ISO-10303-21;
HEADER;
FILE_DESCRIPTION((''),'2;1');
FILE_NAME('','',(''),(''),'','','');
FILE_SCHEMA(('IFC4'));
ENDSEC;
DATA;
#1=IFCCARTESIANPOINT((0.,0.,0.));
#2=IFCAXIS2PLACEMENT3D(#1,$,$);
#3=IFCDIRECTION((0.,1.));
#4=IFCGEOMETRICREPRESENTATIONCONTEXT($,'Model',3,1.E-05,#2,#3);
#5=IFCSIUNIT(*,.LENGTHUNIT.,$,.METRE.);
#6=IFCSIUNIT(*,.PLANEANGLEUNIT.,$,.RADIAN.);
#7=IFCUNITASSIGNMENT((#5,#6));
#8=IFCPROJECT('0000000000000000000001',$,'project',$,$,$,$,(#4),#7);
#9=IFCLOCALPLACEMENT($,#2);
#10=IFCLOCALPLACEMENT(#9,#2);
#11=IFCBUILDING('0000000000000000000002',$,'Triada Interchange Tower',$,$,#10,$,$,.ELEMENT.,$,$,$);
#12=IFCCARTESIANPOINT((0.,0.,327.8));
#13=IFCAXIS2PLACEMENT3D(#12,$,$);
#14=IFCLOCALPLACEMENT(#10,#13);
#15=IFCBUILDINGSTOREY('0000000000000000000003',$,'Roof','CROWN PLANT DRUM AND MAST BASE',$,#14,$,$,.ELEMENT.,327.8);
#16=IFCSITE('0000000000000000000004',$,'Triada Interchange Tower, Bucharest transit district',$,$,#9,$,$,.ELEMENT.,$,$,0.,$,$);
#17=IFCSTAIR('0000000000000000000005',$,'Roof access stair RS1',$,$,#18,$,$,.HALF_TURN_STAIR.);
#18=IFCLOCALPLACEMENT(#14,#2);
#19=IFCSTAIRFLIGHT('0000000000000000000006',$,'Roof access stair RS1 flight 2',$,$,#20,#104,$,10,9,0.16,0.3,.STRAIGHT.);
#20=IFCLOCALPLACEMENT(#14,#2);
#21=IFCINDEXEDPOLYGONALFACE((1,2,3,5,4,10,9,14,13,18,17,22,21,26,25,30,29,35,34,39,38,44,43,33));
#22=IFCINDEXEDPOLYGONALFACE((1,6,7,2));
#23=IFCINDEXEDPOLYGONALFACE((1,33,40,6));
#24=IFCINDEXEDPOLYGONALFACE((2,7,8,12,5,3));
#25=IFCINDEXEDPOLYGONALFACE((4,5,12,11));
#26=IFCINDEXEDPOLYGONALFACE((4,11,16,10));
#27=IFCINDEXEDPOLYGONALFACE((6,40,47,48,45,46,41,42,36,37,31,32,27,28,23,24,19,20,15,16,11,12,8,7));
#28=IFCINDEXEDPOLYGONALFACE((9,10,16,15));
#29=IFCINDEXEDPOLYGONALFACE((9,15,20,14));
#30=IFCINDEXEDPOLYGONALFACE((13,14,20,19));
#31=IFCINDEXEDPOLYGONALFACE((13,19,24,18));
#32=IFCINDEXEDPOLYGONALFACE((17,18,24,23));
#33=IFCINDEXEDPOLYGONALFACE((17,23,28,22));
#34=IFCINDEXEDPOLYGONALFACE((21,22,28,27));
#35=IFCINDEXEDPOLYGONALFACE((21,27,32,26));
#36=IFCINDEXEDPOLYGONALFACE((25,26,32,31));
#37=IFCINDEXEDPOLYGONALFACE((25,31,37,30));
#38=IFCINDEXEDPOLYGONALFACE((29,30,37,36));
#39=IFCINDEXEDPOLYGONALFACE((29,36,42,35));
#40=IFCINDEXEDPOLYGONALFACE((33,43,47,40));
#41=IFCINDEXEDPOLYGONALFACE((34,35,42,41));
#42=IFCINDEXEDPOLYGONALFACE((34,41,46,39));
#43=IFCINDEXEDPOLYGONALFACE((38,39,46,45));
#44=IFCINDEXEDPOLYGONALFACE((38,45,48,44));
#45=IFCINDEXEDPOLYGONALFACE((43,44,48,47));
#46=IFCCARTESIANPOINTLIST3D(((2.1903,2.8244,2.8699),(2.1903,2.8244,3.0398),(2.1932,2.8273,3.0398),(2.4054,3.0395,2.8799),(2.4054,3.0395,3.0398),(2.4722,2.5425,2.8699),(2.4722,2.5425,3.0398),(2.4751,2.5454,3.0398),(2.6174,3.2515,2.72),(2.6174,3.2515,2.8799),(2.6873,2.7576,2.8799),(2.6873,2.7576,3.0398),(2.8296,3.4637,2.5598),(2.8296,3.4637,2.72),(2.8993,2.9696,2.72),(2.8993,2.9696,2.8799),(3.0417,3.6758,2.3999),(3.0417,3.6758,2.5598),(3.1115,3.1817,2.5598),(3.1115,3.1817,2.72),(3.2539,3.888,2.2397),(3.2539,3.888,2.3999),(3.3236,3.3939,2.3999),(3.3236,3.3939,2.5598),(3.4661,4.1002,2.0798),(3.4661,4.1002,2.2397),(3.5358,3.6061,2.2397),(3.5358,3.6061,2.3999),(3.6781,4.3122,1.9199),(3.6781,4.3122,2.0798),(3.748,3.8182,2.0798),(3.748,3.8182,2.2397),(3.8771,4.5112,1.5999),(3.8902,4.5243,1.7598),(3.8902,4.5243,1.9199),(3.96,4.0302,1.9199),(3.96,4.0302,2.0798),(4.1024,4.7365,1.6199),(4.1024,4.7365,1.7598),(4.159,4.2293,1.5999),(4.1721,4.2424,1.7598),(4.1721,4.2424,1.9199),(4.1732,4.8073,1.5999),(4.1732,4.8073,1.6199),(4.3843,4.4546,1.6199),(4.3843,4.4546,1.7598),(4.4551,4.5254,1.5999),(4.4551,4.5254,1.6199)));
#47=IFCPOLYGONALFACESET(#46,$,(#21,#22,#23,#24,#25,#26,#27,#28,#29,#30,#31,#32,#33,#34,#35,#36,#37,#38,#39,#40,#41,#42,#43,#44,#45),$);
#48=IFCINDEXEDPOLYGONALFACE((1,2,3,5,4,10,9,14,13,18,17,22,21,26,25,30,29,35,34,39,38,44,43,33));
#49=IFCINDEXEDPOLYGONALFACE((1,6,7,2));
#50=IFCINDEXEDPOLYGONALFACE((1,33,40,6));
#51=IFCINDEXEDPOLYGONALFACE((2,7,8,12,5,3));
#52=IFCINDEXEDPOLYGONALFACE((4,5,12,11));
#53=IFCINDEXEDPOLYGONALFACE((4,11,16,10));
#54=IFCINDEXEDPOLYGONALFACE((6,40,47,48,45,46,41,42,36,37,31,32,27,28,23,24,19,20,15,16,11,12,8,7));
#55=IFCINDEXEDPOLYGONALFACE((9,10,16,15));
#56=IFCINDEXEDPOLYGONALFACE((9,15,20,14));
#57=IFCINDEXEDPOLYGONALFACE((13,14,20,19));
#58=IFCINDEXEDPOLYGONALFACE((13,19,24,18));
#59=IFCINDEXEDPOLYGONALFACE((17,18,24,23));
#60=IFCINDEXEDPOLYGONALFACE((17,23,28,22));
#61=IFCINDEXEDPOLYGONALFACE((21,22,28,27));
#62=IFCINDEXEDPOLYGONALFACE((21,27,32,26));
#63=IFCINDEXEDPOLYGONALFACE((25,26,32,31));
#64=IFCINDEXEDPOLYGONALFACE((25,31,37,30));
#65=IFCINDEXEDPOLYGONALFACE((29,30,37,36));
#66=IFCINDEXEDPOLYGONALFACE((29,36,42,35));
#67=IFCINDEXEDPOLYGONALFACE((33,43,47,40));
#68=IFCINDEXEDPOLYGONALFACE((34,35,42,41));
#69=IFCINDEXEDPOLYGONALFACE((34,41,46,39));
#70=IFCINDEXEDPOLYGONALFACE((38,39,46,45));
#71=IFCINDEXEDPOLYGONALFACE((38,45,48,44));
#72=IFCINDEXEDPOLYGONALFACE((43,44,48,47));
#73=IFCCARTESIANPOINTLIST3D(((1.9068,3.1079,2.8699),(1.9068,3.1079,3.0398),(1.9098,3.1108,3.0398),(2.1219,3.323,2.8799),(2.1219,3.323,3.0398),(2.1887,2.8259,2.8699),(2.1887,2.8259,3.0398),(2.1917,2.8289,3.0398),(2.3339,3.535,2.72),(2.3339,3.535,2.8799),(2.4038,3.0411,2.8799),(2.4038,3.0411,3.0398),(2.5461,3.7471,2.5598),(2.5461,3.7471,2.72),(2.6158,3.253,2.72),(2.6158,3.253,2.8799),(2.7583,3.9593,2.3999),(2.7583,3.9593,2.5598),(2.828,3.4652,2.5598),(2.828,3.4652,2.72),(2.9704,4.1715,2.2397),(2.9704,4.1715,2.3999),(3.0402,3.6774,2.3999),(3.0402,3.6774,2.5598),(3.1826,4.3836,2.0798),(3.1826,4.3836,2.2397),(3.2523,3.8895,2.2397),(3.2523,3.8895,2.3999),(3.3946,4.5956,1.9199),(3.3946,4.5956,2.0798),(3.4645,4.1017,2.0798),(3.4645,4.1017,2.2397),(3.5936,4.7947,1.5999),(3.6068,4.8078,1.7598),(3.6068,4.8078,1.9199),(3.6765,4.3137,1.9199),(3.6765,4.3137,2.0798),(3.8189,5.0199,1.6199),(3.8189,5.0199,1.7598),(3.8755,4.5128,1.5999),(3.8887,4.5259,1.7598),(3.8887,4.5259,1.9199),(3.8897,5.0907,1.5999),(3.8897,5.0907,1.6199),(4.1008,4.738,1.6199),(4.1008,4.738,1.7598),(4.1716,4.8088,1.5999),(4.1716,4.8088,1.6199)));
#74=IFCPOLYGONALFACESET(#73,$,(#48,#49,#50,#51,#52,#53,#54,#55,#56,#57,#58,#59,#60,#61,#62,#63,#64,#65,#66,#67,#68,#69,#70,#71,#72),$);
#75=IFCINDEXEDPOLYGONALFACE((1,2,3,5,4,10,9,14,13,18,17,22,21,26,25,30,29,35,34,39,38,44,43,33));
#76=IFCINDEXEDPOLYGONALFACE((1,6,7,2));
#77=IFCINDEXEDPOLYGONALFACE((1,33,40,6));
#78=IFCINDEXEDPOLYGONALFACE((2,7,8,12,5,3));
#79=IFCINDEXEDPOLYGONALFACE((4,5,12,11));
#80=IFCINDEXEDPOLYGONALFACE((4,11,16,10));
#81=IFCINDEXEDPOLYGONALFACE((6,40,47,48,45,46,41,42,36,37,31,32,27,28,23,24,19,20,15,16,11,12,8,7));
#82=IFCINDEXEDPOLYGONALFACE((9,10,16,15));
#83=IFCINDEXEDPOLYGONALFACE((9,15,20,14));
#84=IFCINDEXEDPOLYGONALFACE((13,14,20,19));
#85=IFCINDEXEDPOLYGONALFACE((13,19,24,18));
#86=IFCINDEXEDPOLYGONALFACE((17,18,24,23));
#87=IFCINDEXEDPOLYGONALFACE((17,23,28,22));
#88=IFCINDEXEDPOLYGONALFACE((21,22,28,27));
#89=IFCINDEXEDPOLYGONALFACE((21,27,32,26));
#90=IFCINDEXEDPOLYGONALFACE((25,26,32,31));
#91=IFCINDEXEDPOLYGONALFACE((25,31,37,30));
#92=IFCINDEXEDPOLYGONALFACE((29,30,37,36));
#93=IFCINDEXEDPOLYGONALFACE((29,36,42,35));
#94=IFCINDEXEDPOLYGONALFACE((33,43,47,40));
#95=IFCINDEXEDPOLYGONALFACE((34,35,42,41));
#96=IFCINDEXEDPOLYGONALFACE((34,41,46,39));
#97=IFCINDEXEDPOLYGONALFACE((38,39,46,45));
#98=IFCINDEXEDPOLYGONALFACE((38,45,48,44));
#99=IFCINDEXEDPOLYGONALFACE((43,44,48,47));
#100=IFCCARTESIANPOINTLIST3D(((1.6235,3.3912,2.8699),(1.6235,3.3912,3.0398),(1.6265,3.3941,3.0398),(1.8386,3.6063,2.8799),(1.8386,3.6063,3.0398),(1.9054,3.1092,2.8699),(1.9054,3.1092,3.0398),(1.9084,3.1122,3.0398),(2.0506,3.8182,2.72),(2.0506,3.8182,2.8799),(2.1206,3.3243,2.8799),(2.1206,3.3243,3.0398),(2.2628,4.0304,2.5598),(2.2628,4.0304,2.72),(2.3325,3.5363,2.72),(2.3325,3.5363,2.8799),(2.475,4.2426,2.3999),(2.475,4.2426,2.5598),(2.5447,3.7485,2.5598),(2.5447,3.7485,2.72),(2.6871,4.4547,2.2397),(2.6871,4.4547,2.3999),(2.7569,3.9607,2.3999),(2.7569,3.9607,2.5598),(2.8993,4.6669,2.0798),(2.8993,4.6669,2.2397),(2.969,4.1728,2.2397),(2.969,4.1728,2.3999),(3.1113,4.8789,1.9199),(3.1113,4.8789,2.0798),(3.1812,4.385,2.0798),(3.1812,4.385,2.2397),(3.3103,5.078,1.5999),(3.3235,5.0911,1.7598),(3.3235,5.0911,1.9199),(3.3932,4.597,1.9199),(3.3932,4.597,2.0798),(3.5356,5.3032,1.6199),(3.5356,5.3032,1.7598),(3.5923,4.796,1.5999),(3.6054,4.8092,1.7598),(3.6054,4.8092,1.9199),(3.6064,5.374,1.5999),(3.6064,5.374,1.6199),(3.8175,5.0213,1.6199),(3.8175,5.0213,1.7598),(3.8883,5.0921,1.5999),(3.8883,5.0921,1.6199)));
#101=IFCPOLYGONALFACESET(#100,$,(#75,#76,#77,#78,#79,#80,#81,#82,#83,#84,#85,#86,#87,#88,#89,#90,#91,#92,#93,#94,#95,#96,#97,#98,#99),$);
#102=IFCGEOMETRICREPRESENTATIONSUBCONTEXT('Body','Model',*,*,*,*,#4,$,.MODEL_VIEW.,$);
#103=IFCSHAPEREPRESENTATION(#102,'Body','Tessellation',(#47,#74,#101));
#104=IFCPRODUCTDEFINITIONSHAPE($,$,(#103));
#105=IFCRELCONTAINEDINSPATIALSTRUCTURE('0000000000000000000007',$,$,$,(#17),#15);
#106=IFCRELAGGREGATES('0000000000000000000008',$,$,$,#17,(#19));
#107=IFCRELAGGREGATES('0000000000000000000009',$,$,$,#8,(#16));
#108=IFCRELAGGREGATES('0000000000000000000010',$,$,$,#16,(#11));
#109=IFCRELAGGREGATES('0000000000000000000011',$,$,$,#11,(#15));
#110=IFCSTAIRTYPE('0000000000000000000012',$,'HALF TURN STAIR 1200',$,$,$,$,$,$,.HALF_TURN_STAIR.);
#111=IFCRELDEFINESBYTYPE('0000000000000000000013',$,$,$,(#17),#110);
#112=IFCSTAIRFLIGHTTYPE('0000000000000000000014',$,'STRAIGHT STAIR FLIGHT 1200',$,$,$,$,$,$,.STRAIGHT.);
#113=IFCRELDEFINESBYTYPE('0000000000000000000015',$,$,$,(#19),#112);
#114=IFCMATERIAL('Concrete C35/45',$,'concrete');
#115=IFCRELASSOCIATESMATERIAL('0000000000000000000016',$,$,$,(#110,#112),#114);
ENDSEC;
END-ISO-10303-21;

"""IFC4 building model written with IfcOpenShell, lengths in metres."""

from ifc_helpers import new_model, si_unit, direction, frame, origin, place, context, subcontext, project, spatial, polyline, outline, extrude, material, type_object, element, aggregate, save


model = new_model("IFC4")

# Units and contexts
model_context = context("Model", 3, precision=1e-05, world=origin(), true_north=direction((0.0, 1.0)))
body_context = subcontext(model_context, "Body", "Model", "MODEL_VIEW")
ifc_project = project(units=[si_unit("LENGTHUNIT", "METRE"), si_unit("PLANEANGLEUNIT", "RADIAN")], contexts=[model_context])

# Site, building, storey
site_placement = place(None, origin())
site = spatial("IfcSite", under=ifc_project, at=site_placement, Name="Triada Interchange Tower, Bucharest transit district", CompositionType="ELEMENT", RefElevation=0.0)
building_placement = place(site_placement, origin())
building = spatial("IfcBuilding", under=site, at=building_placement, Name="Triada Interchange Tower", CompositionType="ELEMENT")
storey_placement = place(building_placement, frame((0.0, 0.0, 327.8)))
storey = spatial("IfcBuildingStorey", under=building, at=storey_placement, Name="Roof", Description="CROWN PLANT DRUM AND MAST BASE", CompositionType="ELEMENT", Elevation=327.8)

# Stair, stair flight
ifc_material_1 = material(Name="Concrete C35/45", Category="concrete")
stair_type = type_object("IfcStairType", Name="HALF TURN STAIR 1200", PredefinedType="HALF_TURN_STAIR", material=ifc_material_1)
stair_placement = place(storey_placement, origin())
stair = element("IfcStair", 1, at=stair_placement, inside=storey, type_object=stair_type, Name="Roof access stair RS1", PredefinedType="HALF_TURN_STAIR")
stair_flight_type = type_object("IfcStairFlightType", Name="STRAIGHT STAIR FLIGHT 1200", PredefinedType="STRAIGHT", material=ifc_material_1)
stair_flight_1_placement = place(storey_placement, frame((3.96, 4.8789, 1.5999), z_axis=(0.0, 0.0, 1.0), x_axis=(-0.707107, -0.707107, 0.0)))
stair_flight_1 = element("IfcStairFlight", 2, at=stair_flight_1_placement, type_object=stair_flight_type, Name="Roof access stair RS1 flight 2", NumberOfRisers=10, NumberOfTreads=9, PredefinedType="STRAIGHT", RiserHeight=0.16, TreadLength=0.3, context=body_context, shape_type="SweptSolid", body=[
    extrude(outline(polyline([(-0.1001, 0.0), (-0.1001, 0.02), (0.0, 0.02), (0.0, 0.1599), (0.3, 0.1599), (0.3, 0.3201), (0.6001, 0.3201), (0.6001, 0.48), (0.8999, 0.48), (0.8999, 0.6399), (1.2, 0.6399), (1.2, 0.8), (1.5, 0.8), (1.5, 0.96), (1.8, 0.96), (1.8, 1.1201), (2.1001, 1.1201), (2.1001, 1.28), (2.3999, 1.28), (2.3999, 1.4399), (2.7, 1.4399), (2.7041, 1.4399), (2.7041, 1.6001), (2.7041, 1.27), (0.3186, 0.0), (-0.1001, 0.0)])), frame((0.0, 0.6001, 0.0), z_axis=(0.0, -1.0, 0.0), x_axis=(1.0, 0.0, 0.0)), (0.0, 0.0, 1.0), 0.3987),
    extrude(outline(polyline([(-0.1001, 0.0), (-0.1001, 0.02), (0.0, 0.02), (0.0, 0.1599), (0.3, 0.1599), (0.3, 0.3201), (0.6001, 0.3201), (0.6001, 0.48), (0.8999, 0.48), (0.8999, 0.6399), (1.2, 0.6399), (1.2, 0.8), (1.5, 0.8), (1.5, 0.96), (1.8, 0.96), (1.8, 1.1201), (2.1001, 1.1201), (2.1001, 1.28), (2.3999, 1.28), (2.3999, 1.4399), (2.7, 1.4399), (2.7041, 1.4399), (2.7041, 1.6001), (2.7041, 1.27), (0.3186, 0.0), (-0.1001, 0.0)])), frame((0.0, 0.1992, 0.0), z_axis=(0.0, -1.0, 0.0), x_axis=(1.0, 0.0, 0.0)), (0.0, 0.0, 1.0), 0.3987),
    extrude(outline(polyline([(-0.1001, 0.0), (-0.1001, 0.02), (0.0, 0.02), (0.0, 0.1599), (0.3, 0.1599), (0.3, 0.3201), (0.6001, 0.3201), (0.6001, 0.48), (0.8999, 0.48), (0.8999, 0.6399), (1.2, 0.6399), (1.2, 0.8), (1.5, 0.8), (1.5, 0.96), (1.8, 0.96), (1.8, 1.1201), (2.1001, 1.1201), (2.1001, 1.28), (2.3999, 1.28), (2.3999, 1.4399), (2.7, 1.4399), (2.7041, 1.4399), (2.7041, 1.6001), (2.7041, 1.27), (0.3186, 0.0), (-0.1001, 0.0)])), frame((0.0, -0.2014, 0.0), z_axis=(0.0, -1.0, 0.0), x_axis=(1.0, 0.0, 0.0)), (0.0, 0.0, 1.0), 0.3987),
])

aggregate(stair, [stair_flight_1])

save(model, "model.ifc")
